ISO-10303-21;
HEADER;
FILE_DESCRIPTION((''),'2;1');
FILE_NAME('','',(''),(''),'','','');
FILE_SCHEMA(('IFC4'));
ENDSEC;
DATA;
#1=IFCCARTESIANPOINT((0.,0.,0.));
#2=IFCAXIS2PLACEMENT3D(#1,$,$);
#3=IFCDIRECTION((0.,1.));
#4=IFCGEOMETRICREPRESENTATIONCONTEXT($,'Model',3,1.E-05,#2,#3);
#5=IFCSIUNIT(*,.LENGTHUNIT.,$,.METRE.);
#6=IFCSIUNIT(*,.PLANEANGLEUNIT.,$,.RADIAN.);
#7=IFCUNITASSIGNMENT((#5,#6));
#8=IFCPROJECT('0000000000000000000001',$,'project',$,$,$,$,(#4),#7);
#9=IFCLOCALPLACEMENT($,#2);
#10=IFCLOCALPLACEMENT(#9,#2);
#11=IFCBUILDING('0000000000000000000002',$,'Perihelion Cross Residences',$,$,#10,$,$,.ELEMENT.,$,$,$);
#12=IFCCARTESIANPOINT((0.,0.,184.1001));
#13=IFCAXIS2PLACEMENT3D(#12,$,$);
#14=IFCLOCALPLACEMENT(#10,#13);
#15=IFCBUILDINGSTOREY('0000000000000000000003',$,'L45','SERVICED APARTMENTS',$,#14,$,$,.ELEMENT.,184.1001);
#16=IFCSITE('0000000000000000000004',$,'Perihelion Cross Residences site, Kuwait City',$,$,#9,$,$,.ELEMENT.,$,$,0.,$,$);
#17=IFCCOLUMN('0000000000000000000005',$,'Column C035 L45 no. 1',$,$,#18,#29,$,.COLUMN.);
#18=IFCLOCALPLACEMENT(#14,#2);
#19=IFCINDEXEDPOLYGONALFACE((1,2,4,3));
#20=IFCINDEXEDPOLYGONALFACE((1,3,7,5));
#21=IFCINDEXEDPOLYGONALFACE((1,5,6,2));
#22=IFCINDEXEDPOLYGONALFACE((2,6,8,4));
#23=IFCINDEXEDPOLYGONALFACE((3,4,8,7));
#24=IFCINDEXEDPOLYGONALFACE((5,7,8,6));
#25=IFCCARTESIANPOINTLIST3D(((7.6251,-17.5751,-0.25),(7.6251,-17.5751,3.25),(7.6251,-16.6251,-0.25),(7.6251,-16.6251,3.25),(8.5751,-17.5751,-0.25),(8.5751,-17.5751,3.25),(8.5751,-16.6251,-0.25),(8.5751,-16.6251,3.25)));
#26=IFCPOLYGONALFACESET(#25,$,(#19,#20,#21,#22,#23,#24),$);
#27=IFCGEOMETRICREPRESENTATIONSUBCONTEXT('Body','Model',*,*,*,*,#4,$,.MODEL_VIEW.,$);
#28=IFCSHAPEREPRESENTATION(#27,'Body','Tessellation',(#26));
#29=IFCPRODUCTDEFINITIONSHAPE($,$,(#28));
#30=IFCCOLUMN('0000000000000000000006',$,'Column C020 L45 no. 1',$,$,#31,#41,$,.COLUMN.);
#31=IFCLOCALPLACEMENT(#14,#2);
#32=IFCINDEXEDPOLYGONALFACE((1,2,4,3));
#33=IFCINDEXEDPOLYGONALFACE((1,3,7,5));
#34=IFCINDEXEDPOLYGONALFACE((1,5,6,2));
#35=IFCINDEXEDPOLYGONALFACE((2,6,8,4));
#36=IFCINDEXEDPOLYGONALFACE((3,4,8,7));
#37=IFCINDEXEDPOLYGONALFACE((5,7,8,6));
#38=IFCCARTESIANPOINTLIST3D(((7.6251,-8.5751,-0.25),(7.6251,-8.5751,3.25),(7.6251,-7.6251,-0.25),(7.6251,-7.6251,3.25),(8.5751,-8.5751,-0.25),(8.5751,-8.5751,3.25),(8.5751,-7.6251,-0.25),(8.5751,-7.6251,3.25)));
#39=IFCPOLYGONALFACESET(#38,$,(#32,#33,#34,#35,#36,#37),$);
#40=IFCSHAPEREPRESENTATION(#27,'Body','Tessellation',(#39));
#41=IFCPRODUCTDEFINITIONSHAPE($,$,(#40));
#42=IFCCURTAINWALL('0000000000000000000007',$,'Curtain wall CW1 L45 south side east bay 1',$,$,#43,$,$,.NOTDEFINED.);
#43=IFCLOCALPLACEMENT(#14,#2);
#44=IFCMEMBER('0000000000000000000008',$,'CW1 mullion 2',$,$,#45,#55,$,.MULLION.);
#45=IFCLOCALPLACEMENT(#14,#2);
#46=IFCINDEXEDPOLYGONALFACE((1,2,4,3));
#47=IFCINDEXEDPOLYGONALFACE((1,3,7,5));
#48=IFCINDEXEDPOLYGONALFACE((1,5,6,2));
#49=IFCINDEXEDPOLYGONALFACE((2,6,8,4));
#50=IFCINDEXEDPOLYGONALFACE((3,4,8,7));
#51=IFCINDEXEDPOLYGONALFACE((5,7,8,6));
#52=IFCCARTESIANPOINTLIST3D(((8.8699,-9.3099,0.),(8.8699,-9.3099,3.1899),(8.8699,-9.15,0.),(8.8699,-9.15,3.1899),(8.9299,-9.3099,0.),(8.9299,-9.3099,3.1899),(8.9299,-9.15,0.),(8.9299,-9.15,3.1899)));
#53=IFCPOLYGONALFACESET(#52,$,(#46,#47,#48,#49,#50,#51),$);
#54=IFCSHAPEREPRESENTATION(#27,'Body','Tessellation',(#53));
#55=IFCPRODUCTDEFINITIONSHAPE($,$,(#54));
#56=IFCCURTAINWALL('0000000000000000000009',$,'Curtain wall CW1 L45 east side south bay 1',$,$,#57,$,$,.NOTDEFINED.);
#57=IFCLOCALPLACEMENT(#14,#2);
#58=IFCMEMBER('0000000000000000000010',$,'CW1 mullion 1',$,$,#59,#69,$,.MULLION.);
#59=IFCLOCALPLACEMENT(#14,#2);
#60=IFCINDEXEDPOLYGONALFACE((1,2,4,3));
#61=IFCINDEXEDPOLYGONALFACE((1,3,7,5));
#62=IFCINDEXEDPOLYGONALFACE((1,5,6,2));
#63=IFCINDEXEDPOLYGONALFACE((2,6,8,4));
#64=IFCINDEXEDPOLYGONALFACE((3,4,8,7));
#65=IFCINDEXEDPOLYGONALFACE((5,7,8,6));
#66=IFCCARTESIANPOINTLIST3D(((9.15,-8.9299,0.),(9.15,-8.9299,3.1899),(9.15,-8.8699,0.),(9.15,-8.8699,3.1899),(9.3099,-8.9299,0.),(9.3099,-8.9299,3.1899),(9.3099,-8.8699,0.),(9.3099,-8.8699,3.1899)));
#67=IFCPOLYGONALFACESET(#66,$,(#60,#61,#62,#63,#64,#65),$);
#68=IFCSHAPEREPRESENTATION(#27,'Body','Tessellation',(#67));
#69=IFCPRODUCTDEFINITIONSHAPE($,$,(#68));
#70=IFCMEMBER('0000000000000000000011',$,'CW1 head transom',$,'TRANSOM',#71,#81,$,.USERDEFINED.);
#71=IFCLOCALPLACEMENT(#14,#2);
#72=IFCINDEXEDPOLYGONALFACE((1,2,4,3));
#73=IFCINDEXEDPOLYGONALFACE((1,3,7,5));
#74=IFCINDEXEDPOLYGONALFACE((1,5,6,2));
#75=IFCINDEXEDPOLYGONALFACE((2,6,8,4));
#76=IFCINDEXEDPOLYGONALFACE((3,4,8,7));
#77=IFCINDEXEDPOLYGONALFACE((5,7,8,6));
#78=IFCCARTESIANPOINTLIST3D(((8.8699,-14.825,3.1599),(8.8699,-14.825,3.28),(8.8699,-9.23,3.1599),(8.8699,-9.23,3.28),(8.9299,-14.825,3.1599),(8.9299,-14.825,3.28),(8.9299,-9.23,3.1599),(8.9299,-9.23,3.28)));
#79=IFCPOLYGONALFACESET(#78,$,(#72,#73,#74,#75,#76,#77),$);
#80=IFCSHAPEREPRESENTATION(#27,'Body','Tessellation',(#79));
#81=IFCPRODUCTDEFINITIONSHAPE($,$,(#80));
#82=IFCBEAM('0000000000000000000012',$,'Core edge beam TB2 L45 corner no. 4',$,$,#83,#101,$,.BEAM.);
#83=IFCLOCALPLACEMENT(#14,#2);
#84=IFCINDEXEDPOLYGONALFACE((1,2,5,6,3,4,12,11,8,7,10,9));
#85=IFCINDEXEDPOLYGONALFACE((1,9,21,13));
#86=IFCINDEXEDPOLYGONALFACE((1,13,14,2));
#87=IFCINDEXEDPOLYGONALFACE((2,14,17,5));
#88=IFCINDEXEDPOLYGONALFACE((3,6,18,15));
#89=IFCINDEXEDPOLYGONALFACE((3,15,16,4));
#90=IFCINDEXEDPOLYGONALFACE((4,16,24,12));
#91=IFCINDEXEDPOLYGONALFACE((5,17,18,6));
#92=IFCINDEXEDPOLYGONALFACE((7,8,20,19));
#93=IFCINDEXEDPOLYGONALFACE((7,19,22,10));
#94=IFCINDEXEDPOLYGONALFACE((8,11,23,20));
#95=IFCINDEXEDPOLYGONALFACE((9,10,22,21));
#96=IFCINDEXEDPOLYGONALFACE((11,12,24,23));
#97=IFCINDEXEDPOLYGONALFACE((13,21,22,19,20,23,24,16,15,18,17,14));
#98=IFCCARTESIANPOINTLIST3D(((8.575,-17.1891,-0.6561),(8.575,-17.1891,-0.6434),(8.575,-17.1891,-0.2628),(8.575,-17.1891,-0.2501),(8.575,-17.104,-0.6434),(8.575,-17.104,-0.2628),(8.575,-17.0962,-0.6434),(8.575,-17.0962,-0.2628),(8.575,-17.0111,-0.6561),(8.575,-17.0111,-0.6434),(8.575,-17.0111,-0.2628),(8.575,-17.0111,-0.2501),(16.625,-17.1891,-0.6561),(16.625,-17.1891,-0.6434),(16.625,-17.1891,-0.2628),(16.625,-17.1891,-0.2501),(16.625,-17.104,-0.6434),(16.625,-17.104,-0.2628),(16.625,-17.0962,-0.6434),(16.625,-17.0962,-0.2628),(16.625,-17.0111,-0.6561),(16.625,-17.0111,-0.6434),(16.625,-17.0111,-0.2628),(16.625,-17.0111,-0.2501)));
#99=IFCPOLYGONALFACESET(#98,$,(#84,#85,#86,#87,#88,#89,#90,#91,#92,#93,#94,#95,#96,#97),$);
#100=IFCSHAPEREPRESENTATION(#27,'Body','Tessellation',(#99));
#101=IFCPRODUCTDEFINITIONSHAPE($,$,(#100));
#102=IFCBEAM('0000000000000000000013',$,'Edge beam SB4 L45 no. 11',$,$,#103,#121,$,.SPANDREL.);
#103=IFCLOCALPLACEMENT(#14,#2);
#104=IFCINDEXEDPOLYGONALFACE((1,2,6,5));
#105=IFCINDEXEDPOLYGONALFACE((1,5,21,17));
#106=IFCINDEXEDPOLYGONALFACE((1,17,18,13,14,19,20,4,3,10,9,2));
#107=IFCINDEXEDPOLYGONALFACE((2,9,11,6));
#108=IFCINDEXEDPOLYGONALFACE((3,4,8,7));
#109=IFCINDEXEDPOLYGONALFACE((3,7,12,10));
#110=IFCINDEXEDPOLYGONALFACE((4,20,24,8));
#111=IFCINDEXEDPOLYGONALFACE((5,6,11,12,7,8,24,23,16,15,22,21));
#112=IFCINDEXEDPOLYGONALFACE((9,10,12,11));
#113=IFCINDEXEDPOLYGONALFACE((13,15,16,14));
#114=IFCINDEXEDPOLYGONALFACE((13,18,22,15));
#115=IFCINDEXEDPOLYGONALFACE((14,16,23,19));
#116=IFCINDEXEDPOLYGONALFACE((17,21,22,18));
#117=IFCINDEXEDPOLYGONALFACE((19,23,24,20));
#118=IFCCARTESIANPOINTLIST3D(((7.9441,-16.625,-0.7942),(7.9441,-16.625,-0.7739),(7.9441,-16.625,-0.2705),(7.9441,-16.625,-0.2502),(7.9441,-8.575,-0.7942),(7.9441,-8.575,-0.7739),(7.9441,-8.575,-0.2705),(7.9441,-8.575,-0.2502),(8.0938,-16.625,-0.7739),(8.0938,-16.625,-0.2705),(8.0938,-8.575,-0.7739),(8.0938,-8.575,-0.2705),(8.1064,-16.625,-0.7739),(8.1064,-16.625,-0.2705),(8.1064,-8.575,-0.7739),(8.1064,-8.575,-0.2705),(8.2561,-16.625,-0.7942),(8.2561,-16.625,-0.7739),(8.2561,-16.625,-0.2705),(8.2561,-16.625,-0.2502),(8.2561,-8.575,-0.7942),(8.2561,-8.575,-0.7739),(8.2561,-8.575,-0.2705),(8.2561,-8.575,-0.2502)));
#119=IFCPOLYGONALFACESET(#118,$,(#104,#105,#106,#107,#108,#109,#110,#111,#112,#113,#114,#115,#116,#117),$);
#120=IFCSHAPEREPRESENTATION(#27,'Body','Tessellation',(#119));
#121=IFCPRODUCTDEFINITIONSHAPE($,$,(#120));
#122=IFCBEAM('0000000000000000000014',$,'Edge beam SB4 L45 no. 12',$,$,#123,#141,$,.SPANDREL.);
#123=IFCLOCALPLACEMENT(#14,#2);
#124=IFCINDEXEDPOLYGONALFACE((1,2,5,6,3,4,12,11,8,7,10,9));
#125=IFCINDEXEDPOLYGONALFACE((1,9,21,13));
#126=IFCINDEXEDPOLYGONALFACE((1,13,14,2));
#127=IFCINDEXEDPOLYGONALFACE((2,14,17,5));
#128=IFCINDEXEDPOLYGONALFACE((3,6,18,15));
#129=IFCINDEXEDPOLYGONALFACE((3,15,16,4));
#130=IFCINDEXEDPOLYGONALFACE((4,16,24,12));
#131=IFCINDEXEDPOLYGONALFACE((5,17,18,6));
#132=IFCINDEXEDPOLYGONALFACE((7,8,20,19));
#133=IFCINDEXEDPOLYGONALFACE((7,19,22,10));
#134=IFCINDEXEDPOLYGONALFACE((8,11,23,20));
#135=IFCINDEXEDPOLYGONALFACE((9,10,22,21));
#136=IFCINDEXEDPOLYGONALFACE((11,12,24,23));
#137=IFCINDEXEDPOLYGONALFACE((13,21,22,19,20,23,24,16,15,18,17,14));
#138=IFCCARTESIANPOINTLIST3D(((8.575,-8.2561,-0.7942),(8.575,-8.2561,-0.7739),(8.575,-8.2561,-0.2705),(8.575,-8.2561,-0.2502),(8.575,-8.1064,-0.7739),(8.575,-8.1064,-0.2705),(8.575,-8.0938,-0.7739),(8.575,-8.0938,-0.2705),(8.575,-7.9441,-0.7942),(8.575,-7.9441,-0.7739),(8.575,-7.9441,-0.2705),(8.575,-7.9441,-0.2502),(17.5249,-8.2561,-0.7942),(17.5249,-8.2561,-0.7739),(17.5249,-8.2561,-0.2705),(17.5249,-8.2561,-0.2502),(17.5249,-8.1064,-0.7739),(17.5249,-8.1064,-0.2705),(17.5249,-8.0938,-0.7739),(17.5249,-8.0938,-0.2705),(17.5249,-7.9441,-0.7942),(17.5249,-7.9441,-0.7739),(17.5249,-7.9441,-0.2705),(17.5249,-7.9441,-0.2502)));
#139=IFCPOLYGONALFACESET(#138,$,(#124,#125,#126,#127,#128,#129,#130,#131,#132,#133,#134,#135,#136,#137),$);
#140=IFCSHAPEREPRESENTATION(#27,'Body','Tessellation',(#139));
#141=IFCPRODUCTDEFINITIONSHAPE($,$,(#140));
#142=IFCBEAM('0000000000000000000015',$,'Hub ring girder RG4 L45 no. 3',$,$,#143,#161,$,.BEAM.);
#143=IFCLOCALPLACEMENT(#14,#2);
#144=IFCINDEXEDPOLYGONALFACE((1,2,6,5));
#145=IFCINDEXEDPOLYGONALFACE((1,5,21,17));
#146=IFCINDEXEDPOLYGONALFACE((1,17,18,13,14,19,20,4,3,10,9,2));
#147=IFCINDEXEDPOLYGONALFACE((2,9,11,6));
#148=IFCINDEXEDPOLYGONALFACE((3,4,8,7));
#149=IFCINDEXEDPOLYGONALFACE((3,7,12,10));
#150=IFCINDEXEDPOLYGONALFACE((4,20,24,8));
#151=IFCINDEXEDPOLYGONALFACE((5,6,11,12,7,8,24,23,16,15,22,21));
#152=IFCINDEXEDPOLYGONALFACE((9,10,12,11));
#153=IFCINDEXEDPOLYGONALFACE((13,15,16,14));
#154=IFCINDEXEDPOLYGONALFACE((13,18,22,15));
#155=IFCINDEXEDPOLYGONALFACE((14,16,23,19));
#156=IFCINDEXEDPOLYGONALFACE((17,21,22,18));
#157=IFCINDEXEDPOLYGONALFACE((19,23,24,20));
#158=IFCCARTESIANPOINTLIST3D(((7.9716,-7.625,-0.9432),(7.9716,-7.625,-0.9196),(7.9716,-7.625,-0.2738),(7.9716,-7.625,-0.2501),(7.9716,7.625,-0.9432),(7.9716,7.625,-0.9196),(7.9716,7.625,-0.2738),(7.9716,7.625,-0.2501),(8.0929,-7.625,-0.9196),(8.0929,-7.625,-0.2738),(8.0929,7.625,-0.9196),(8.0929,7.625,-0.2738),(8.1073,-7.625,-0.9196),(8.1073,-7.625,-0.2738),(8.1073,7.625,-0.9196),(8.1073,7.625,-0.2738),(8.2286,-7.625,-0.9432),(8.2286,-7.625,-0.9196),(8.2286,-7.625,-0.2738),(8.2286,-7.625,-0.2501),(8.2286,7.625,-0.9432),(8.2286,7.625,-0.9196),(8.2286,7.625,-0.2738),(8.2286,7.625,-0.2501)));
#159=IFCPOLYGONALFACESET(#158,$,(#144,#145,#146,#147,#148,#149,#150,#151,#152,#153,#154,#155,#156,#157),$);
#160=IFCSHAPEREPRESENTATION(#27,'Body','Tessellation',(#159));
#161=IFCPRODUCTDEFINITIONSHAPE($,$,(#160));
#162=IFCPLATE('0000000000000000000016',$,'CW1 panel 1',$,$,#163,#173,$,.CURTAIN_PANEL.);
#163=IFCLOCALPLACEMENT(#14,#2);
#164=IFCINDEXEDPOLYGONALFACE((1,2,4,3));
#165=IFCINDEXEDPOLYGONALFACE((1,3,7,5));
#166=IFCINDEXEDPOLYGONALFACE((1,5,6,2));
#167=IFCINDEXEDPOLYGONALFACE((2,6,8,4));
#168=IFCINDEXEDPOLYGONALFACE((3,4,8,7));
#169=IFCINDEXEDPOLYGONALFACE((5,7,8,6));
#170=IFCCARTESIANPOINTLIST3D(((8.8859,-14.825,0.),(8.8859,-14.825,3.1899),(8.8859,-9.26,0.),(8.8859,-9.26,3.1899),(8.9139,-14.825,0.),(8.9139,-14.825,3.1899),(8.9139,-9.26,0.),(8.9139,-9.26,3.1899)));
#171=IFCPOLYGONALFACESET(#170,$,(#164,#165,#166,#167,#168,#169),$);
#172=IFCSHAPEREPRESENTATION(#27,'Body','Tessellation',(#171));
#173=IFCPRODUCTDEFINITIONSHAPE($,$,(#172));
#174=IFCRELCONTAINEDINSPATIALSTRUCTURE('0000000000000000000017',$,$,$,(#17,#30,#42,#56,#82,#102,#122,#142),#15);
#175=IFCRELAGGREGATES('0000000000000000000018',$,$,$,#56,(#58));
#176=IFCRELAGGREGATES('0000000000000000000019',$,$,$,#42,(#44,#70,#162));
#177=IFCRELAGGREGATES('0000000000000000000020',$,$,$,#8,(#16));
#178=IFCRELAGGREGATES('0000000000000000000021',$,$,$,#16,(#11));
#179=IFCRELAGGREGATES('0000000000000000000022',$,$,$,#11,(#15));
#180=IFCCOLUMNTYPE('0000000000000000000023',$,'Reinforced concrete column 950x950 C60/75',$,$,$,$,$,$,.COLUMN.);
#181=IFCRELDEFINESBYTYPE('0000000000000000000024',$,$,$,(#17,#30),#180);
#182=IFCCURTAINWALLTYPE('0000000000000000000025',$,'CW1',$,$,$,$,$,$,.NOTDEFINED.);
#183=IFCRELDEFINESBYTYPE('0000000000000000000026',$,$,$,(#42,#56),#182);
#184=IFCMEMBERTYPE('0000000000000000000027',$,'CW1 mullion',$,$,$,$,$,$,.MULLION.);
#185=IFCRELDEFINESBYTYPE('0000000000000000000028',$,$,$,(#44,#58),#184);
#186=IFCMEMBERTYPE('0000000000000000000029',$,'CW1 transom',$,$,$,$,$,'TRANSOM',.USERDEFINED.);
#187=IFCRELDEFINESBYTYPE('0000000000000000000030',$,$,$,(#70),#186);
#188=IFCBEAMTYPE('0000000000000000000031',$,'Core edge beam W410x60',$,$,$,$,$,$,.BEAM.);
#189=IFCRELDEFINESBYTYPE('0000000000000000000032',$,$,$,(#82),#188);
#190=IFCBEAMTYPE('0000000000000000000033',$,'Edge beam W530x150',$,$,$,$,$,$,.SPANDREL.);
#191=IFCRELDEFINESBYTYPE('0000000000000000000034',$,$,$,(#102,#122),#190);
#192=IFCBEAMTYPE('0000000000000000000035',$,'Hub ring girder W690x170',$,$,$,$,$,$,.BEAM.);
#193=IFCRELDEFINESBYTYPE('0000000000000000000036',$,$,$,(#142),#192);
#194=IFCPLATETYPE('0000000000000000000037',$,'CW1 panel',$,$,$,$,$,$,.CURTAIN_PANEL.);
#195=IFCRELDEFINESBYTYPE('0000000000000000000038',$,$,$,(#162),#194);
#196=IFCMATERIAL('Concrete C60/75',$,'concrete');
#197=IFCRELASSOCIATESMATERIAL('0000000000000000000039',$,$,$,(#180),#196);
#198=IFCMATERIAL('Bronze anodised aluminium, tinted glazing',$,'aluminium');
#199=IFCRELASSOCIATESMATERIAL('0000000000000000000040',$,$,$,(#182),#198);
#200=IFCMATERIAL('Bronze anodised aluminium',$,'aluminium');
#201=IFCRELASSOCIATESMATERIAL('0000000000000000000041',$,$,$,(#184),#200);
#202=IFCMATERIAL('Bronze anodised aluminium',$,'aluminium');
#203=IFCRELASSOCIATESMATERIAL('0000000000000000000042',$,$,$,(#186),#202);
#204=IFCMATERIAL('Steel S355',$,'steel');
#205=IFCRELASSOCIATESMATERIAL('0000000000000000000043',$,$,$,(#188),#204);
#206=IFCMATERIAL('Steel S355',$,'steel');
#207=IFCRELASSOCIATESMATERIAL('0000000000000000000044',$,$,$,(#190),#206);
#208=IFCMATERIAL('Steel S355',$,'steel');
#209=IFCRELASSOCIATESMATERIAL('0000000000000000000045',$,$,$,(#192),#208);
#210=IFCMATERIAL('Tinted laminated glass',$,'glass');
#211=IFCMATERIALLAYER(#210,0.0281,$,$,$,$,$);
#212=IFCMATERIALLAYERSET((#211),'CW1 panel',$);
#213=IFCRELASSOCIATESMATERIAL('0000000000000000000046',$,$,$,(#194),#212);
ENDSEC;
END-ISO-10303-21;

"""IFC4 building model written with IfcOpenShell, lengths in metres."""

from ifc_helpers import new_model, si_unit, direction, frame, origin, origin_2d, place, context, subcontext, project, spatial, rectangle, i_section, extrude, material, layer, layer_set, material_profile, profile_set, type_object, element, aggregate, save


model = new_model("IFC4")

# Units and contexts
model_context = context("Model", 3, precision=1e-05, world=origin(), true_north=direction((0.0, 1.0)))
body_context = subcontext(model_context, "Body", "Model", "MODEL_VIEW")
ifc_project = project(units=[si_unit("LENGTHUNIT", "METRE"), si_unit("PLANEANGLEUNIT", "RADIAN")], contexts=[model_context])

# Site, building, storey
site_placement = place(None, origin())
site = spatial("IfcSite", under=ifc_project, at=site_placement, Name="Perihelion Cross Residences site, Kuwait City", CompositionType="ELEMENT", RefElevation=0.0)
building_placement = place(site_placement, origin())
building = spatial("IfcBuilding", under=site, at=building_placement, Name="Perihelion Cross Residences", CompositionType="ELEMENT")
storey_placement = place(building_placement, frame((0.0, 0.0, 184.1001)))
storey = spatial("IfcBuildingStorey", under=building, at=storey_placement, Name="L45", Description="SERVICED APARTMENTS", CompositionType="ELEMENT", Elevation=184.1001)

# Columns
ifc_material_1 = material(Name="Concrete C60/75", Category="concrete")
ifc_material_profile_1 = material_profile(ifc_material_1, rectangle(XDim=0.95, YDim=0.95, at=origin_2d()), Name="RC 950x950")
ifc_profile_set_1 = profile_set([ifc_material_profile_1], Name="Concrete C60/75")
column_type = type_object("IfcColumnType", Name="Reinforced concrete column 950x950 C60/75", PredefinedType="COLUMN", material=ifc_profile_set_1)
for number, where, z_axis, x_axis, name in (
    (1, (8.1001, -17.1001, -0.25), (0.0, 0.0, 1.0), (1.0, 0.0, 0.0), "Column C035 L45 no. 1"),
    (2, (8.1001, -8.1001, -0.25), (0.0, 0.0, 1.0), (1.0, 0.0, 0.0), "Column C020 L45 no. 1"),
):
    element("IfcColumn", number, at=place(storey_placement, frame(where, z_axis=z_axis, x_axis=x_axis)), inside=storey, type_object=column_type, Name=name, PredefinedType="COLUMN", context=body_context, shape_type="SweptSolid", body=[
        extrude(rectangle(XDim=0.95, YDim=0.95, at=origin_2d()), origin(), (0.0, 0.0, 1.0), 3.5),
    ])

# Curtain walls, members
ifc_material_2 = material(Name="Bronze anodised aluminium, tinted glazing", Category="aluminium")
curtain_wall_type = type_object("IfcCurtainWallType", Name="CW1", PredefinedType="NOTDEFINED", material=ifc_material_2)
curtain_wall_1_placement = place(storey_placement, origin())
curtain_wall_1 = element("IfcCurtainWall", 3, at=curtain_wall_1_placement, inside=storey, type_object=curtain_wall_type, Name="Curtain wall CW1 L45 south side east bay 1", PredefinedType="NOTDEFINED")
ifc_material_3 = material(Name="Bronze anodised aluminium", Category="aluminium")
ifc_material_profile_2 = material_profile(ifc_material_3, rectangle(XDim=0.0601, YDim=0.1599, at=origin_2d()), Name="CW1 mullion")
ifc_profile_set_2 = profile_set([ifc_material_profile_2], Name="Bronze anodised aluminium")
member_type_1 = type_object("IfcMemberType", Name="CW1 mullion", PredefinedType="MULLION", material=ifc_profile_set_2)
member_1_placement = place(storey_placement, frame((8.8999, -9.23, 0.0), z_axis=(0.0, 0.0, 1.0), x_axis=(-1.0, 0.0, 0.0)))
member_1 = element("IfcMember", 4, at=member_1_placement, type_object=member_type_1, Name="CW1 mullion 2", PredefinedType="MULLION", context=body_context, shape_type="SweptSolid", body=[
    extrude(rectangle(XDim=0.0601, YDim=0.1599, at=origin_2d()), origin(), (0.0, 0.0, 1.0), 3.1899),
])
curtain_wall_2_placement = place(storey_placement, origin())
curtain_wall_2 = element("IfcCurtainWall", 5, at=curtain_wall_2_placement, inside=storey, type_object=curtain_wall_type, Name="Curtain wall CW1 L45 east side south bay 1", PredefinedType="NOTDEFINED")
member_2_placement = place(storey_placement, frame((9.23, -8.8999, 0.0), z_axis=(0.0, 0.0, 1.0), x_axis=(0.0, 1.0, 0.0)))
member_2 = element("IfcMember", 6, at=member_2_placement, type_object=member_type_1, Name="CW1 mullion 1", PredefinedType="MULLION", context=body_context, shape_type="SweptSolid", body=[
    extrude(rectangle(XDim=0.0601, YDim=0.1599, at=origin_2d()), origin(), (0.0, 0.0, 1.0), 3.1899),
])
aggregate(curtain_wall_2, [member_2])

# Member
ifc_material_4 = material(Name="Bronze anodised aluminium", Category="aluminium")
ifc_material_profile_3 = material_profile(ifc_material_4, rectangle(XDim=0.0601, YDim=0.1201, at=origin_2d()), Name="CW1 transom")
ifc_profile_set_3 = profile_set([ifc_material_profile_3], Name="Bronze anodised aluminium")
member_type_2 = type_object("IfcMemberType", Name="CW1 transom", ElementType="TRANSOM", PredefinedType="USERDEFINED", material=ifc_profile_set_3)
member_3_placement = place(storey_placement, frame((8.8999, -14.825, 3.22), z_axis=(0.0, 1.0, 0.0), x_axis=(-1.0, 0.0, 0.0)))
member_3 = element("IfcMember", 7, at=member_3_placement, type_object=member_type_2, Name="CW1 head transom", ObjectType="TRANSOM", PredefinedType="USERDEFINED", context=body_context, shape_type="SweptSolid", body=[
    extrude(rectangle(XDim=0.0601, YDim=0.1201, at=origin_2d()), origin(), (0.0, 0.0, 1.0), 5.595),
])

# Beams
ifc_material_5 = material(Name="Steel S355", Category="steel")
ifc_material_profile_4 = material_profile(ifc_material_5, i_section(OverallWidth=0.178, OverallDepth=0.406, WebThickness=0.0078, FlangeThickness=0.0127, at=origin_2d()), Name="W410x60")
ifc_profile_set_4 = profile_set([ifc_material_profile_4], Name="Steel S355")
beam_type_1 = type_object("IfcBeamType", Name="Core edge beam W410x60", PredefinedType="BEAM", material=ifc_profile_set_4)
beam_1_placement = place(storey_placement, frame((8.575, -17.1001, -0.4531), z_axis=(1.0, 0.0, 0.0), x_axis=(0.0, 1.0, 0.0)))
element("IfcBeam", 8, at=beam_1_placement, inside=storey, type_object=beam_type_1, Name="Core edge beam TB2 L45 corner no. 4", PredefinedType="BEAM", context=body_context, shape_type="SweptSolid", body=[
    extrude(i_section(OverallWidth=0.178, OverallDepth=0.406, WebThickness=0.0078, FlangeThickness=0.0127, at=origin_2d()), origin(), (0.0, 0.0, 1.0), 8.05),
])
ifc_material_6 = material(Name="Steel S355", Category="steel")
ifc_material_profile_5 = material_profile(ifc_material_6, i_section(OverallWidth=0.312, OverallDepth=0.5439, WebThickness=0.0127, FlangeThickness=0.0203, at=origin_2d()), Name="W530x150")
ifc_profile_set_5 = profile_set([ifc_material_profile_5], Name="Steel S355")
beam_type_2 = type_object("IfcBeamType", Name="Edge beam W530x150", PredefinedType="SPANDREL", material=ifc_profile_set_5)
beam_2_placement = place(storey_placement, frame((8.1001, -16.625, -0.5222), z_axis=(0.0, 1.0, 0.0), x_axis=(-1.0, 0.0, 0.0)))
element("IfcBeam", 9, at=beam_2_placement, inside=storey, type_object=beam_type_2, Name="Edge beam SB4 L45 no. 11", PredefinedType="SPANDREL", context=body_context, shape_type="SweptSolid", body=[
    extrude(i_section(OverallWidth=0.312, OverallDepth=0.5439, WebThickness=0.0127, FlangeThickness=0.0203, at=origin_2d()), origin(), (0.0, 0.0, 1.0), 8.05),
])
beam_3_placement = place(storey_placement, frame((8.575, -8.1001, -0.5222), z_axis=(1.0, 0.0, 0.0), x_axis=(0.0, 1.0, 0.0)))
element("IfcBeam", 10, at=beam_3_placement, inside=storey, type_object=beam_type_2, Name="Edge beam SB4 L45 no. 12", PredefinedType="SPANDREL", context=body_context, shape_type="SweptSolid", body=[
    extrude(i_section(OverallWidth=0.312, OverallDepth=0.5439, WebThickness=0.0127, FlangeThickness=0.0203, at=origin_2d()), origin(), (0.0, 0.0, 1.0), 8.95),
])
ifc_material_7 = material(Name="Steel S355", Category="steel")
ifc_material_profile_6 = material_profile(ifc_material_7, i_section(OverallWidth=0.2571, OverallDepth=0.6931, WebThickness=0.0144, FlangeThickness=0.0237, at=origin_2d()), Name="W690x170")
ifc_profile_set_6 = profile_set([ifc_material_profile_6], Name="Steel S355")
beam_type_3 = type_object("IfcBeamType", Name="Hub ring girder W690x170", PredefinedType="BEAM", material=ifc_profile_set_6)
beam_4_placement = place(storey_placement, frame((8.1001, -7.625, -0.5967), z_axis=(0.0, 1.0, 0.0), x_axis=(-1.0, 0.0, 0.0)))
element("IfcBeam", 11, at=beam_4_placement, inside=storey, type_object=beam_type_3, Name="Hub ring girder RG4 L45 no. 3", PredefinedType="BEAM", context=body_context, shape_type="SweptSolid", body=[
    extrude(i_section(OverallWidth=0.2571, OverallDepth=0.6931, WebThickness=0.0144, FlangeThickness=0.0237, at=origin_2d()), origin(), (0.0, 0.0, 1.0), 15.25),
])

# Plate
ifc_material_8 = material(Name="Tinted laminated glass", Category="glass")
ifc_layer_1 = layer(ifc_material_8, 0.0281)
ifc_layer_set_1 = layer_set([ifc_layer_1], Name="CW1 panel")
plate_type = type_object("IfcPlateType", Name="CW1 panel", PredefinedType="CURTAIN_PANEL", material=ifc_layer_set_1)
plate_placement = place(storey_placement, frame((8.8999, -12.0425, 0.0), z_axis=(0.0, 0.0, 1.0), x_axis=(0.0, 1.0, 0.0)))
plate = element("IfcPlate", 12, at=plate_placement, type_object=plate_type, Name="CW1 panel 1", PredefinedType="CURTAIN_PANEL", context=body_context, shape_type="SweptSolid", body=[
    extrude(rectangle(XDim=5.5649, YDim=0.0281, at=origin_2d()), origin(), (0.0, 0.0, 1.0), 3.1899),
])
aggregate(curtain_wall_1, [member_1, member_3, plate])

save(model, "model.ifc")
